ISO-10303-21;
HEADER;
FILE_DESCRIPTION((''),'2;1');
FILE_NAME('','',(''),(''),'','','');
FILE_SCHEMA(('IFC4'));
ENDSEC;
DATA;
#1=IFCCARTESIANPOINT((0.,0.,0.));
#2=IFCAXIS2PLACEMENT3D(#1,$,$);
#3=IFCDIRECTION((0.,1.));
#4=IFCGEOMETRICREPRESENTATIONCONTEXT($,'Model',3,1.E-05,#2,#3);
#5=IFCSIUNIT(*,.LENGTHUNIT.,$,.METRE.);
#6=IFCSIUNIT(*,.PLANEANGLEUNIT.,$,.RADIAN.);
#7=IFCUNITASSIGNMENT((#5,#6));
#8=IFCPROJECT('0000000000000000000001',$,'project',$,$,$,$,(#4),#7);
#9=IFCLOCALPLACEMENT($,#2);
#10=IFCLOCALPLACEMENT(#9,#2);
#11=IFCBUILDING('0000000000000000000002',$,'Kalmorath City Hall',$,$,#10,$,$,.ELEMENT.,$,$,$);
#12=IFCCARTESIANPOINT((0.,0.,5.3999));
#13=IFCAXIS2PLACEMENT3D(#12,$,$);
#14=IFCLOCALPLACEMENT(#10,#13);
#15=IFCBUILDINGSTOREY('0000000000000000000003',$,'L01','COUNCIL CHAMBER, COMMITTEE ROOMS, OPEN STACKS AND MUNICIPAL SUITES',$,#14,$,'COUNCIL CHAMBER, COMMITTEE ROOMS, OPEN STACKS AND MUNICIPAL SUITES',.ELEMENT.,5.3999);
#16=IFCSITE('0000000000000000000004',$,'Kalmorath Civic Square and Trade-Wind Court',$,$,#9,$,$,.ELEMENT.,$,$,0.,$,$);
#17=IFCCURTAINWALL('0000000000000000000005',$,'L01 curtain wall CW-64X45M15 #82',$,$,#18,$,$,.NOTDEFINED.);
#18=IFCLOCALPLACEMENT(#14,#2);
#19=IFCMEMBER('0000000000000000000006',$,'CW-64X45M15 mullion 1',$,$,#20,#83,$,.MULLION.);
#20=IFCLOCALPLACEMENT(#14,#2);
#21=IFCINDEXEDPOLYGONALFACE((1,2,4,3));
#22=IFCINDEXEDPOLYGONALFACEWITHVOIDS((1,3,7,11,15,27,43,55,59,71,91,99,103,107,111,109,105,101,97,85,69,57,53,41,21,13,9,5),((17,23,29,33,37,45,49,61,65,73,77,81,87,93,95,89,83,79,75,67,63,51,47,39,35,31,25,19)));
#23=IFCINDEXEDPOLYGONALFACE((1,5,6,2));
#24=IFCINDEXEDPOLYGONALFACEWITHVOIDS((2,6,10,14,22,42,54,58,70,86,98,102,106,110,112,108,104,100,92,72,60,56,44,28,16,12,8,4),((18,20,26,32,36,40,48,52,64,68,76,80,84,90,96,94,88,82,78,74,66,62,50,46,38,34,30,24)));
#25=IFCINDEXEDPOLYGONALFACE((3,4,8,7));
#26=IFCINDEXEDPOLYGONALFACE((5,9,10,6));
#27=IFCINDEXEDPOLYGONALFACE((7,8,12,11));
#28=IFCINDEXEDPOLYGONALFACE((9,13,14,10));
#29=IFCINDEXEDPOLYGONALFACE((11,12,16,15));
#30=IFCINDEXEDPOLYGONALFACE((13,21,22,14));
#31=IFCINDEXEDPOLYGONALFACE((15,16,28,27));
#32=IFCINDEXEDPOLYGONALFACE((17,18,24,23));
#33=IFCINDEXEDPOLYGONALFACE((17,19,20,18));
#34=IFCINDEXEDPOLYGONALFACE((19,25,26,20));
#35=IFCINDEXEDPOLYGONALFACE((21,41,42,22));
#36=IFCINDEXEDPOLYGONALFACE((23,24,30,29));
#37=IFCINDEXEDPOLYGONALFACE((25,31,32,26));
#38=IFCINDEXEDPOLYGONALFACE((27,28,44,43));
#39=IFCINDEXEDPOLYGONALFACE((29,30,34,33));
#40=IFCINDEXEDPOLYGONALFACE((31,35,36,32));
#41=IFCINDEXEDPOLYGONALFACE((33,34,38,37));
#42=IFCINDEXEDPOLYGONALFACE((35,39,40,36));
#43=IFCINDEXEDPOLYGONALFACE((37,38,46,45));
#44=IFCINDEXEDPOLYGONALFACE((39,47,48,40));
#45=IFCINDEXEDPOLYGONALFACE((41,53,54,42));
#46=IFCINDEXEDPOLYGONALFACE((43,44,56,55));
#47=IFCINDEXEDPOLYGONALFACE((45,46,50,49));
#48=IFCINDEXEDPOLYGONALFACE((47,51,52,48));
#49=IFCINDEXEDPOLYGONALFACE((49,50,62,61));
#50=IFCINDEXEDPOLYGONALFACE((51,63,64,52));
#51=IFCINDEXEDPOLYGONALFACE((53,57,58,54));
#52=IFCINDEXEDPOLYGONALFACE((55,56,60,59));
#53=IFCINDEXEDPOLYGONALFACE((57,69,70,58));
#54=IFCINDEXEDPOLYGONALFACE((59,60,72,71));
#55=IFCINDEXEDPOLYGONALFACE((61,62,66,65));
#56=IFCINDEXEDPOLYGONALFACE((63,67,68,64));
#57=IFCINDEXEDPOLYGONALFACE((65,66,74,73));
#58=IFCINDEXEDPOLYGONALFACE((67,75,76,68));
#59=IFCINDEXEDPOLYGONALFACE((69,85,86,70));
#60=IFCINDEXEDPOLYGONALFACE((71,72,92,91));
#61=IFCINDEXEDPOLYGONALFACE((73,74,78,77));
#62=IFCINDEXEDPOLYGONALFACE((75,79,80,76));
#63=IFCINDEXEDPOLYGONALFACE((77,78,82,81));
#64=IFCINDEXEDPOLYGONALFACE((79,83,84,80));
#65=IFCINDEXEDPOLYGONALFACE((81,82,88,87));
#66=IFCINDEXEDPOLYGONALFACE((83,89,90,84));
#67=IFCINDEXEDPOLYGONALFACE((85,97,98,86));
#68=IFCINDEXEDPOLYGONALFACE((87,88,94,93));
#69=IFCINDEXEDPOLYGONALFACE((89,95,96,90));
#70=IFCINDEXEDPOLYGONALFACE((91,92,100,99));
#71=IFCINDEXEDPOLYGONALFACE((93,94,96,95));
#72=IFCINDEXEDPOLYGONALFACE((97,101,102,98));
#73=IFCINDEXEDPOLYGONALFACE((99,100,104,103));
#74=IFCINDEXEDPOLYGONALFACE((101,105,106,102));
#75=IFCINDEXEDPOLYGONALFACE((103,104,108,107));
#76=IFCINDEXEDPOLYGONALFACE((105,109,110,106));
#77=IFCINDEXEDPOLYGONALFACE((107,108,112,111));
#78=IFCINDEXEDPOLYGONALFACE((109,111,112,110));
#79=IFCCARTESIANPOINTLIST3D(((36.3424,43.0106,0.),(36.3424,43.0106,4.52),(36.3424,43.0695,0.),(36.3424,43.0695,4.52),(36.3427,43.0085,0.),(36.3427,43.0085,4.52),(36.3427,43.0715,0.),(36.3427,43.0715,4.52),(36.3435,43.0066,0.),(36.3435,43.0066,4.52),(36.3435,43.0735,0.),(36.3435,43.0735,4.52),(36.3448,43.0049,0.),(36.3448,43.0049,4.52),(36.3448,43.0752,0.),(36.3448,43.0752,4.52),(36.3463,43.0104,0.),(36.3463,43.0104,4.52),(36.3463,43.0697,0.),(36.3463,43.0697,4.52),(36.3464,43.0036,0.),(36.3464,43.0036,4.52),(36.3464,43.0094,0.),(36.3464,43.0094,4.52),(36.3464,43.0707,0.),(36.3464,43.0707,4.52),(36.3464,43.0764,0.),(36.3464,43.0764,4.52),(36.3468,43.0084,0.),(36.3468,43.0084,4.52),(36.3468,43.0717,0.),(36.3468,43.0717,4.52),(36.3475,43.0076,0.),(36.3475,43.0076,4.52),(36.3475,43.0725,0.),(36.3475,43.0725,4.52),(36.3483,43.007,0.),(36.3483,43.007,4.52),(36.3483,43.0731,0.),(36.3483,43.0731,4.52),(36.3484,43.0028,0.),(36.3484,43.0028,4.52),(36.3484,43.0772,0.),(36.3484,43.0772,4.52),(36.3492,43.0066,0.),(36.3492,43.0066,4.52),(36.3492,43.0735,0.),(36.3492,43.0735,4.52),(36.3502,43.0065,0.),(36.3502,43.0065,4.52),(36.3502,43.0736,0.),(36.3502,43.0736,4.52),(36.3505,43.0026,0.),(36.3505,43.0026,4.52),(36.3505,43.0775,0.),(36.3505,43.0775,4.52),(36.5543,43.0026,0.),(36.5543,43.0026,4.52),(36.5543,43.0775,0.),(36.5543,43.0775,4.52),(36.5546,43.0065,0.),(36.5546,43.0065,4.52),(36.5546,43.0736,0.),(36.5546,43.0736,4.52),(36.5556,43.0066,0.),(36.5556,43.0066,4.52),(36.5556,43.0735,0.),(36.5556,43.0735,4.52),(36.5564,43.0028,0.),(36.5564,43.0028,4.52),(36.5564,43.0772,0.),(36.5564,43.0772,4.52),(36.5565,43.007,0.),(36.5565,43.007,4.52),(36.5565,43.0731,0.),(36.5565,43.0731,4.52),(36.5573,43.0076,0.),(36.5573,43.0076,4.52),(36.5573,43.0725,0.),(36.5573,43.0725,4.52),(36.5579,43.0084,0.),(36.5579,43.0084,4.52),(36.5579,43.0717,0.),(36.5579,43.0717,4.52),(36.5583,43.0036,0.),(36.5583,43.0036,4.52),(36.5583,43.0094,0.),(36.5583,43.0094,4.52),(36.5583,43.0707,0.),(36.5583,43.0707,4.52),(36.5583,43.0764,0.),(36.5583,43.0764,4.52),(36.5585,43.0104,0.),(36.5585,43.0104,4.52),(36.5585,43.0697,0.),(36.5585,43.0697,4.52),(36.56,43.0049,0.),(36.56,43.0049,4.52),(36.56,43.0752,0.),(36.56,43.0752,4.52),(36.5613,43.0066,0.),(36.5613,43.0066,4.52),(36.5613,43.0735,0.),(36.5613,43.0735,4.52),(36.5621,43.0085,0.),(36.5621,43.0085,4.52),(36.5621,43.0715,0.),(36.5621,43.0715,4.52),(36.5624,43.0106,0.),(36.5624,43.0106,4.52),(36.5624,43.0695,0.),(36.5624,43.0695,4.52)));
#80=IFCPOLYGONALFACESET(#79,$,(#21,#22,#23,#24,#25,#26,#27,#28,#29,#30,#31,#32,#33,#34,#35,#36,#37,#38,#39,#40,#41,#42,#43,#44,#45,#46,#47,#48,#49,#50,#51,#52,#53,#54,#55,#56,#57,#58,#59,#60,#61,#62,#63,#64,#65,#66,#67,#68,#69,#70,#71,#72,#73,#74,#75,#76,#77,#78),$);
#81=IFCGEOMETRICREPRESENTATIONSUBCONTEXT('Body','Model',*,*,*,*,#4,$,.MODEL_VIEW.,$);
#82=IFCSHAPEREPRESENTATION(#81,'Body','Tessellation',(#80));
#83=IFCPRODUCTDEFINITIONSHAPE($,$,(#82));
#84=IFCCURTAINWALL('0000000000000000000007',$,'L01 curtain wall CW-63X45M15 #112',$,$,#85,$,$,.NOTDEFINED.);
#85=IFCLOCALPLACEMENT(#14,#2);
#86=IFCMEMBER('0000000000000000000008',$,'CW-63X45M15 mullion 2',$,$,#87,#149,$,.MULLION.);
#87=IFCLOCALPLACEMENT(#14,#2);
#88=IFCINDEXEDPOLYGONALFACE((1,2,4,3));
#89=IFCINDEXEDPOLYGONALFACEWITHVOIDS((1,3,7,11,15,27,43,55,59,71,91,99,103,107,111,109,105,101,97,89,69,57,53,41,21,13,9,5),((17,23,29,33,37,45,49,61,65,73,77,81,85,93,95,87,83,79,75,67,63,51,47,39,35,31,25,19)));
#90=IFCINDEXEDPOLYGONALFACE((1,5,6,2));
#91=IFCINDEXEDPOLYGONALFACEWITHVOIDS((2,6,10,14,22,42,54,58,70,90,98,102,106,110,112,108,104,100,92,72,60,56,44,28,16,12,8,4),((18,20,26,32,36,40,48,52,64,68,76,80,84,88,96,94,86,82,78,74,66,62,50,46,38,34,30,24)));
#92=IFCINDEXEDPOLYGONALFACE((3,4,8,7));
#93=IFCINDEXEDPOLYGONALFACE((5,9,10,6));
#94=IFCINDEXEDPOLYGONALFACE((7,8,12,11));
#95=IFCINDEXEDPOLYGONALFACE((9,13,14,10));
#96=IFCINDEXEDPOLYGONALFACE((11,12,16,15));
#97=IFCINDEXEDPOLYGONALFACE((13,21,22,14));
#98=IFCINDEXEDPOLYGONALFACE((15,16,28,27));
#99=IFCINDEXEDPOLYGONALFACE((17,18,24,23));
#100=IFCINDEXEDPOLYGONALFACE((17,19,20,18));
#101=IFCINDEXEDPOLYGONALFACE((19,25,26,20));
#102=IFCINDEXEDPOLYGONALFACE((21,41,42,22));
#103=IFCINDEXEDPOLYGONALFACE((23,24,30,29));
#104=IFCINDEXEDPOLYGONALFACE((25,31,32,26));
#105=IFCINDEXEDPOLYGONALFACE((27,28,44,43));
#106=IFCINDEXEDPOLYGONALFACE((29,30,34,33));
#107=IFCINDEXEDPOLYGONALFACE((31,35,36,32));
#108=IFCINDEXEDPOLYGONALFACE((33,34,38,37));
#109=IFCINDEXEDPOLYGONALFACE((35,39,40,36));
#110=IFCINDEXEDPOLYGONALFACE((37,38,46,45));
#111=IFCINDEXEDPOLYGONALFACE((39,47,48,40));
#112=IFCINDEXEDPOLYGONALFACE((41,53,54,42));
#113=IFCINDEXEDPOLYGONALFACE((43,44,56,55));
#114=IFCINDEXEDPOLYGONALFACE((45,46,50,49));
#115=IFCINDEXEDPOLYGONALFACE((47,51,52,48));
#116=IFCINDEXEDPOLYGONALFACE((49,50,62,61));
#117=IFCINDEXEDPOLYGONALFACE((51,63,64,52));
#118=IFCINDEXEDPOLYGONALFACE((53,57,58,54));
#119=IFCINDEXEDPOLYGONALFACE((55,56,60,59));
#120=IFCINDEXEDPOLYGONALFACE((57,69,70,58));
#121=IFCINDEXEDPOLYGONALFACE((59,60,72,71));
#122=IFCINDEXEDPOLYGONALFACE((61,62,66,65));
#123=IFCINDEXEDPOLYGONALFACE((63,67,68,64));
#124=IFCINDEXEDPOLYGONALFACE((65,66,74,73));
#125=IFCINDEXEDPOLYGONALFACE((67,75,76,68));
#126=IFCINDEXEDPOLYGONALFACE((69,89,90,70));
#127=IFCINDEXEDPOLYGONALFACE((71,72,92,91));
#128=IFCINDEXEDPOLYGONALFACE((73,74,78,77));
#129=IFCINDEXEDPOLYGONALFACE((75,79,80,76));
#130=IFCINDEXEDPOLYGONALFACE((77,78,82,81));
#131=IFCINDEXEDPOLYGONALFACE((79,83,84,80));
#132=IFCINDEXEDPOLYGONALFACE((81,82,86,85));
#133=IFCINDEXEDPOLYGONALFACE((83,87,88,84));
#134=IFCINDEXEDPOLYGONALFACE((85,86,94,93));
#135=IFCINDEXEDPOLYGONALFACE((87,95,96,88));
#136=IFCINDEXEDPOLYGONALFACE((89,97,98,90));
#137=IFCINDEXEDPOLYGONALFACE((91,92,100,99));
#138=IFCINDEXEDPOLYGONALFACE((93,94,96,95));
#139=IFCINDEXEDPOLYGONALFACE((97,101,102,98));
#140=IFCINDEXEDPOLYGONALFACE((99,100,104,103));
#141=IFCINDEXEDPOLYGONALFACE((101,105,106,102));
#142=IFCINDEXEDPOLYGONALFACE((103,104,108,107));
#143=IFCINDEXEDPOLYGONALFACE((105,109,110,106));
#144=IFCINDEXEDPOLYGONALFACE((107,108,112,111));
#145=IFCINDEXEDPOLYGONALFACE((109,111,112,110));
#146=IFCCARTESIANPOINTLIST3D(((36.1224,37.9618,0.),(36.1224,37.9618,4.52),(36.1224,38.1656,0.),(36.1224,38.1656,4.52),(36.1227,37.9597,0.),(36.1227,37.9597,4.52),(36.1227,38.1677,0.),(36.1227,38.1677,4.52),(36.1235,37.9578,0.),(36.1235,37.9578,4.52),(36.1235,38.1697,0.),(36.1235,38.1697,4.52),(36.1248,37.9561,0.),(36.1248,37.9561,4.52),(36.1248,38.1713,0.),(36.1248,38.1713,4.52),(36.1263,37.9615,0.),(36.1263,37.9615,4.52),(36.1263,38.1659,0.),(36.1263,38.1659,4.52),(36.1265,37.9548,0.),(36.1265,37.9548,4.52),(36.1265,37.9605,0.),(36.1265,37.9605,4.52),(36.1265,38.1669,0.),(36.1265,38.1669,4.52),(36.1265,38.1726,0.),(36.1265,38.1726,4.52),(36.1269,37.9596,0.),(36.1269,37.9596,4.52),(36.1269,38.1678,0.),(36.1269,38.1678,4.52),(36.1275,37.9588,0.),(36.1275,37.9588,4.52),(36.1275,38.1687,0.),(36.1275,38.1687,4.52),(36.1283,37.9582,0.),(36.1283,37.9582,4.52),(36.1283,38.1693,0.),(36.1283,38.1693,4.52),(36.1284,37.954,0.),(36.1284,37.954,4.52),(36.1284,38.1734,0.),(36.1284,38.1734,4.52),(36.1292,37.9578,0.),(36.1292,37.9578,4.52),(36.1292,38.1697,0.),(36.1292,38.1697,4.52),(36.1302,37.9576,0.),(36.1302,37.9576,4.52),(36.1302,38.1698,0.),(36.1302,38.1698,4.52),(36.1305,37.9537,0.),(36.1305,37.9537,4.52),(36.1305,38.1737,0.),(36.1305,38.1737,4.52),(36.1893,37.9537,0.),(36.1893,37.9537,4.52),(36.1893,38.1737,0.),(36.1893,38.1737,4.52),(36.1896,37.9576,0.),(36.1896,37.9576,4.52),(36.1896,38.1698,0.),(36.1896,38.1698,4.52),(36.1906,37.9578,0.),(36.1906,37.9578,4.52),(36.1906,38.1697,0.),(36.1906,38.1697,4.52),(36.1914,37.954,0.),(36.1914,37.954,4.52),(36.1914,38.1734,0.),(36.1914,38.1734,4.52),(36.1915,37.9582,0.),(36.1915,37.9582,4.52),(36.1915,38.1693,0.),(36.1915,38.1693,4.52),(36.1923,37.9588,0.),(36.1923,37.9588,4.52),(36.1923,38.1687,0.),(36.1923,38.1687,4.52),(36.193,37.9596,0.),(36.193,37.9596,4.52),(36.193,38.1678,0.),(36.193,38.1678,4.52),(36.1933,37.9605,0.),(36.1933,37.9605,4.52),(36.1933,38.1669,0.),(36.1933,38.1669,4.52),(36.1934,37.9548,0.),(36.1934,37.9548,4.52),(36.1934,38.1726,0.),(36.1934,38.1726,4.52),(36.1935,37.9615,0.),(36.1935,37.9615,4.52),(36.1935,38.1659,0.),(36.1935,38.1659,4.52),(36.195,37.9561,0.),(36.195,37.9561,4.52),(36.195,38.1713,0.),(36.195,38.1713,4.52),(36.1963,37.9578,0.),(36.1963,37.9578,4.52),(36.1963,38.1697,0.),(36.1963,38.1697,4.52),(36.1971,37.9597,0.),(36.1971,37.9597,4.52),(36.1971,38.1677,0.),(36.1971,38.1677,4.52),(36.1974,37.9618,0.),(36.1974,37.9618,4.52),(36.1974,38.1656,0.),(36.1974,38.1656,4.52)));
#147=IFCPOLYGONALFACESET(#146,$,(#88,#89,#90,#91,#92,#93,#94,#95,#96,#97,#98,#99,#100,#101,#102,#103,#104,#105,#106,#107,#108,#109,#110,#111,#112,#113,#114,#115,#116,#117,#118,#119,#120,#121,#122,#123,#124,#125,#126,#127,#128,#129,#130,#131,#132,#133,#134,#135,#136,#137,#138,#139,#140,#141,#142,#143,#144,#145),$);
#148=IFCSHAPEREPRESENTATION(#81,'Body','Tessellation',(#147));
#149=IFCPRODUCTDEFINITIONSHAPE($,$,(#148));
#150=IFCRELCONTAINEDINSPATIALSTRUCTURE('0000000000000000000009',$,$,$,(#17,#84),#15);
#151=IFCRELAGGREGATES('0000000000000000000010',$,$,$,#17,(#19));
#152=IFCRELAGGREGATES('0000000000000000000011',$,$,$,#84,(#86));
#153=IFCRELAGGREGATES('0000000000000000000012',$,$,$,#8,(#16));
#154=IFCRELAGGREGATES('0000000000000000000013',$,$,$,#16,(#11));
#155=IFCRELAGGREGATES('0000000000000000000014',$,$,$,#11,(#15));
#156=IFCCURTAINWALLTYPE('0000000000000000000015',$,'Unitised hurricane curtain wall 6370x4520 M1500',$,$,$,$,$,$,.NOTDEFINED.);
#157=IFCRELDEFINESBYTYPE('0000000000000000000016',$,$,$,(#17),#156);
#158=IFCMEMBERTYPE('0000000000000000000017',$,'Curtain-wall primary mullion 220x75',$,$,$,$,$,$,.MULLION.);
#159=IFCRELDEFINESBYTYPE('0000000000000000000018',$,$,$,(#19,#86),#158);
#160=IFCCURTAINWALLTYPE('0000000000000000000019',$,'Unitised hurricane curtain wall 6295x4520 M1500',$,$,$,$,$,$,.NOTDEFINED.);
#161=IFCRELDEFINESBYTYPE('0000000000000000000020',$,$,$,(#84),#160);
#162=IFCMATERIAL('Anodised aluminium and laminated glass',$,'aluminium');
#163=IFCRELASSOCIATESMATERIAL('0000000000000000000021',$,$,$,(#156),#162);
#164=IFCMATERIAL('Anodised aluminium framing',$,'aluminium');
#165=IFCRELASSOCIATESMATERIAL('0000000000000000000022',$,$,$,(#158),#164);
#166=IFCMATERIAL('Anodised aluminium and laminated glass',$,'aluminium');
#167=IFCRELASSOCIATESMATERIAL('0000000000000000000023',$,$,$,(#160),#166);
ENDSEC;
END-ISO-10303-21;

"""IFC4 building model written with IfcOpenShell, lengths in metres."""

from ifc_helpers import new_model, si_unit, direction, frame, origin, origin_2d, place, context, subcontext, project, spatial, hollow_rectangle, extrude, material, material_profile, profile_set, type_object, element, aggregate, save


model = new_model("IFC4")

# Units and contexts
model_context = context("Model", 3, precision=1e-05, world=origin(), true_north=direction((0.0, 1.0)))
body_context = subcontext(model_context, "Body", "Model", "MODEL_VIEW")
ifc_project = project(units=[si_unit("LENGTHUNIT", "METRE"), si_unit("PLANEANGLEUNIT", "RADIAN")], contexts=[model_context])

# Site, building, storey
site_placement = place(None, origin())
site = spatial("IfcSite", under=ifc_project, at=site_placement, Name="Kalmorath Civic Square and Trade-Wind Court", CompositionType="ELEMENT", RefElevation=0.0)
building_placement = place(site_placement, origin())
building = spatial("IfcBuilding", under=site, at=building_placement, Name="Kalmorath City Hall", CompositionType="ELEMENT")
storey_placement = place(building_placement, frame((0.0, 0.0, 5.3999)))
storey = spatial("IfcBuildingStorey", under=building, at=storey_placement, Name="L01", Description="COUNCIL CHAMBER, COMMITTEE ROOMS, OPEN STACKS AND MUNICIPAL SUITES", LongName="COUNCIL CHAMBER, COMMITTEE ROOMS, OPEN STACKS AND MUNICIPAL SUITES", CompositionType="ELEMENT", Elevation=5.3999)

# Curtain wall, member
ifc_material_1 = material(Name="Anodised aluminium and laminated glass", Category="aluminium")
curtain_wall_type_1 = type_object("IfcCurtainWallType", Name="Unitised hurricane curtain wall 6370x4520 M1500", PredefinedType="NOTDEFINED", material=ifc_material_1)
curtain_wall_1_placement = place(storey_placement, origin())
curtain_wall_1 = element("IfcCurtainWall", 1, at=curtain_wall_1_placement, inside=storey, type_object=curtain_wall_type_1, Name="L01 curtain wall CW-64X45M15 #82", PredefinedType="NOTDEFINED")
ifc_material_2 = material(Name="Anodised aluminium framing", Category="aluminium")
ifc_material_profile_1 = material_profile(ifc_material_2, hollow_rectangle(XDim=0.075, YDim=0.22, WallThickness=0.0039, InnerFilletRadius=0.0039, OuterFilletRadius=0.0081, at=origin_2d()), Name="ALU-MUL-220X75X4")
ifc_profile_set_1 = profile_set([ifc_material_profile_1], Name="Anodised aluminium framing")
member_type_1 = type_object("IfcMemberType", Name="Curtain-wall primary mullion 220x75", PredefinedType="MULLION", material=ifc_profile_set_1)
member_1_placement = place(storey_placement, frame((36.4524, 43.04, 0.0), z_axis=(0.0, 0.0, 1.0), x_axis=(0.0, 1.0, 0.0)))
member_1 = element("IfcMember", 2, at=member_1_placement, type_object=member_type_1, Name="CW-64X45M15 mullion 1", PredefinedType="MULLION", context=body_context, shape_type="SweptSolid", body=[
    extrude(hollow_rectangle(XDim=0.075, YDim=0.22, WallThickness=0.0039, InnerFilletRadius=0.0039, OuterFilletRadius=0.0081, at=origin_2d()), origin(), (0.0, 0.0, 1.0), 4.52),
])

# Curtain wall, member
ifc_material_3 = material(Name="Anodised aluminium and laminated glass", Category="aluminium")
curtain_wall_type_2 = type_object("IfcCurtainWallType", Name="Unitised hurricane curtain wall 6295x4520 M1500", PredefinedType="NOTDEFINED", material=ifc_material_3)
curtain_wall_2_placement = place(storey_placement, origin())
curtain_wall_2 = element("IfcCurtainWall", 3, at=curtain_wall_2_placement, inside=storey, type_object=curtain_wall_type_2, Name="L01 curtain wall CW-63X45M15 #112", PredefinedType="NOTDEFINED")
member_2_placement = place(storey_placement, frame((36.1599, 38.0637, 0.0), z_axis=(0.0, 0.0, 1.0), x_axis=(-1.0, 0.0, 0.0)))
member_2 = element("IfcMember", 4, at=member_2_placement, type_object=member_type_1, Name="CW-63X45M15 mullion 2", PredefinedType="MULLION", context=body_context, shape_type="SweptSolid", body=[
    extrude(hollow_rectangle(XDim=0.075, YDim=0.22, WallThickness=0.0039, InnerFilletRadius=0.0039, OuterFilletRadius=0.0081, at=origin_2d()), origin(), (0.0, 0.0, 1.0), 4.52),
])

aggregate(curtain_wall_1, [member_1])

aggregate(curtain_wall_2, [member_2])

save(model, "model.ifc")
